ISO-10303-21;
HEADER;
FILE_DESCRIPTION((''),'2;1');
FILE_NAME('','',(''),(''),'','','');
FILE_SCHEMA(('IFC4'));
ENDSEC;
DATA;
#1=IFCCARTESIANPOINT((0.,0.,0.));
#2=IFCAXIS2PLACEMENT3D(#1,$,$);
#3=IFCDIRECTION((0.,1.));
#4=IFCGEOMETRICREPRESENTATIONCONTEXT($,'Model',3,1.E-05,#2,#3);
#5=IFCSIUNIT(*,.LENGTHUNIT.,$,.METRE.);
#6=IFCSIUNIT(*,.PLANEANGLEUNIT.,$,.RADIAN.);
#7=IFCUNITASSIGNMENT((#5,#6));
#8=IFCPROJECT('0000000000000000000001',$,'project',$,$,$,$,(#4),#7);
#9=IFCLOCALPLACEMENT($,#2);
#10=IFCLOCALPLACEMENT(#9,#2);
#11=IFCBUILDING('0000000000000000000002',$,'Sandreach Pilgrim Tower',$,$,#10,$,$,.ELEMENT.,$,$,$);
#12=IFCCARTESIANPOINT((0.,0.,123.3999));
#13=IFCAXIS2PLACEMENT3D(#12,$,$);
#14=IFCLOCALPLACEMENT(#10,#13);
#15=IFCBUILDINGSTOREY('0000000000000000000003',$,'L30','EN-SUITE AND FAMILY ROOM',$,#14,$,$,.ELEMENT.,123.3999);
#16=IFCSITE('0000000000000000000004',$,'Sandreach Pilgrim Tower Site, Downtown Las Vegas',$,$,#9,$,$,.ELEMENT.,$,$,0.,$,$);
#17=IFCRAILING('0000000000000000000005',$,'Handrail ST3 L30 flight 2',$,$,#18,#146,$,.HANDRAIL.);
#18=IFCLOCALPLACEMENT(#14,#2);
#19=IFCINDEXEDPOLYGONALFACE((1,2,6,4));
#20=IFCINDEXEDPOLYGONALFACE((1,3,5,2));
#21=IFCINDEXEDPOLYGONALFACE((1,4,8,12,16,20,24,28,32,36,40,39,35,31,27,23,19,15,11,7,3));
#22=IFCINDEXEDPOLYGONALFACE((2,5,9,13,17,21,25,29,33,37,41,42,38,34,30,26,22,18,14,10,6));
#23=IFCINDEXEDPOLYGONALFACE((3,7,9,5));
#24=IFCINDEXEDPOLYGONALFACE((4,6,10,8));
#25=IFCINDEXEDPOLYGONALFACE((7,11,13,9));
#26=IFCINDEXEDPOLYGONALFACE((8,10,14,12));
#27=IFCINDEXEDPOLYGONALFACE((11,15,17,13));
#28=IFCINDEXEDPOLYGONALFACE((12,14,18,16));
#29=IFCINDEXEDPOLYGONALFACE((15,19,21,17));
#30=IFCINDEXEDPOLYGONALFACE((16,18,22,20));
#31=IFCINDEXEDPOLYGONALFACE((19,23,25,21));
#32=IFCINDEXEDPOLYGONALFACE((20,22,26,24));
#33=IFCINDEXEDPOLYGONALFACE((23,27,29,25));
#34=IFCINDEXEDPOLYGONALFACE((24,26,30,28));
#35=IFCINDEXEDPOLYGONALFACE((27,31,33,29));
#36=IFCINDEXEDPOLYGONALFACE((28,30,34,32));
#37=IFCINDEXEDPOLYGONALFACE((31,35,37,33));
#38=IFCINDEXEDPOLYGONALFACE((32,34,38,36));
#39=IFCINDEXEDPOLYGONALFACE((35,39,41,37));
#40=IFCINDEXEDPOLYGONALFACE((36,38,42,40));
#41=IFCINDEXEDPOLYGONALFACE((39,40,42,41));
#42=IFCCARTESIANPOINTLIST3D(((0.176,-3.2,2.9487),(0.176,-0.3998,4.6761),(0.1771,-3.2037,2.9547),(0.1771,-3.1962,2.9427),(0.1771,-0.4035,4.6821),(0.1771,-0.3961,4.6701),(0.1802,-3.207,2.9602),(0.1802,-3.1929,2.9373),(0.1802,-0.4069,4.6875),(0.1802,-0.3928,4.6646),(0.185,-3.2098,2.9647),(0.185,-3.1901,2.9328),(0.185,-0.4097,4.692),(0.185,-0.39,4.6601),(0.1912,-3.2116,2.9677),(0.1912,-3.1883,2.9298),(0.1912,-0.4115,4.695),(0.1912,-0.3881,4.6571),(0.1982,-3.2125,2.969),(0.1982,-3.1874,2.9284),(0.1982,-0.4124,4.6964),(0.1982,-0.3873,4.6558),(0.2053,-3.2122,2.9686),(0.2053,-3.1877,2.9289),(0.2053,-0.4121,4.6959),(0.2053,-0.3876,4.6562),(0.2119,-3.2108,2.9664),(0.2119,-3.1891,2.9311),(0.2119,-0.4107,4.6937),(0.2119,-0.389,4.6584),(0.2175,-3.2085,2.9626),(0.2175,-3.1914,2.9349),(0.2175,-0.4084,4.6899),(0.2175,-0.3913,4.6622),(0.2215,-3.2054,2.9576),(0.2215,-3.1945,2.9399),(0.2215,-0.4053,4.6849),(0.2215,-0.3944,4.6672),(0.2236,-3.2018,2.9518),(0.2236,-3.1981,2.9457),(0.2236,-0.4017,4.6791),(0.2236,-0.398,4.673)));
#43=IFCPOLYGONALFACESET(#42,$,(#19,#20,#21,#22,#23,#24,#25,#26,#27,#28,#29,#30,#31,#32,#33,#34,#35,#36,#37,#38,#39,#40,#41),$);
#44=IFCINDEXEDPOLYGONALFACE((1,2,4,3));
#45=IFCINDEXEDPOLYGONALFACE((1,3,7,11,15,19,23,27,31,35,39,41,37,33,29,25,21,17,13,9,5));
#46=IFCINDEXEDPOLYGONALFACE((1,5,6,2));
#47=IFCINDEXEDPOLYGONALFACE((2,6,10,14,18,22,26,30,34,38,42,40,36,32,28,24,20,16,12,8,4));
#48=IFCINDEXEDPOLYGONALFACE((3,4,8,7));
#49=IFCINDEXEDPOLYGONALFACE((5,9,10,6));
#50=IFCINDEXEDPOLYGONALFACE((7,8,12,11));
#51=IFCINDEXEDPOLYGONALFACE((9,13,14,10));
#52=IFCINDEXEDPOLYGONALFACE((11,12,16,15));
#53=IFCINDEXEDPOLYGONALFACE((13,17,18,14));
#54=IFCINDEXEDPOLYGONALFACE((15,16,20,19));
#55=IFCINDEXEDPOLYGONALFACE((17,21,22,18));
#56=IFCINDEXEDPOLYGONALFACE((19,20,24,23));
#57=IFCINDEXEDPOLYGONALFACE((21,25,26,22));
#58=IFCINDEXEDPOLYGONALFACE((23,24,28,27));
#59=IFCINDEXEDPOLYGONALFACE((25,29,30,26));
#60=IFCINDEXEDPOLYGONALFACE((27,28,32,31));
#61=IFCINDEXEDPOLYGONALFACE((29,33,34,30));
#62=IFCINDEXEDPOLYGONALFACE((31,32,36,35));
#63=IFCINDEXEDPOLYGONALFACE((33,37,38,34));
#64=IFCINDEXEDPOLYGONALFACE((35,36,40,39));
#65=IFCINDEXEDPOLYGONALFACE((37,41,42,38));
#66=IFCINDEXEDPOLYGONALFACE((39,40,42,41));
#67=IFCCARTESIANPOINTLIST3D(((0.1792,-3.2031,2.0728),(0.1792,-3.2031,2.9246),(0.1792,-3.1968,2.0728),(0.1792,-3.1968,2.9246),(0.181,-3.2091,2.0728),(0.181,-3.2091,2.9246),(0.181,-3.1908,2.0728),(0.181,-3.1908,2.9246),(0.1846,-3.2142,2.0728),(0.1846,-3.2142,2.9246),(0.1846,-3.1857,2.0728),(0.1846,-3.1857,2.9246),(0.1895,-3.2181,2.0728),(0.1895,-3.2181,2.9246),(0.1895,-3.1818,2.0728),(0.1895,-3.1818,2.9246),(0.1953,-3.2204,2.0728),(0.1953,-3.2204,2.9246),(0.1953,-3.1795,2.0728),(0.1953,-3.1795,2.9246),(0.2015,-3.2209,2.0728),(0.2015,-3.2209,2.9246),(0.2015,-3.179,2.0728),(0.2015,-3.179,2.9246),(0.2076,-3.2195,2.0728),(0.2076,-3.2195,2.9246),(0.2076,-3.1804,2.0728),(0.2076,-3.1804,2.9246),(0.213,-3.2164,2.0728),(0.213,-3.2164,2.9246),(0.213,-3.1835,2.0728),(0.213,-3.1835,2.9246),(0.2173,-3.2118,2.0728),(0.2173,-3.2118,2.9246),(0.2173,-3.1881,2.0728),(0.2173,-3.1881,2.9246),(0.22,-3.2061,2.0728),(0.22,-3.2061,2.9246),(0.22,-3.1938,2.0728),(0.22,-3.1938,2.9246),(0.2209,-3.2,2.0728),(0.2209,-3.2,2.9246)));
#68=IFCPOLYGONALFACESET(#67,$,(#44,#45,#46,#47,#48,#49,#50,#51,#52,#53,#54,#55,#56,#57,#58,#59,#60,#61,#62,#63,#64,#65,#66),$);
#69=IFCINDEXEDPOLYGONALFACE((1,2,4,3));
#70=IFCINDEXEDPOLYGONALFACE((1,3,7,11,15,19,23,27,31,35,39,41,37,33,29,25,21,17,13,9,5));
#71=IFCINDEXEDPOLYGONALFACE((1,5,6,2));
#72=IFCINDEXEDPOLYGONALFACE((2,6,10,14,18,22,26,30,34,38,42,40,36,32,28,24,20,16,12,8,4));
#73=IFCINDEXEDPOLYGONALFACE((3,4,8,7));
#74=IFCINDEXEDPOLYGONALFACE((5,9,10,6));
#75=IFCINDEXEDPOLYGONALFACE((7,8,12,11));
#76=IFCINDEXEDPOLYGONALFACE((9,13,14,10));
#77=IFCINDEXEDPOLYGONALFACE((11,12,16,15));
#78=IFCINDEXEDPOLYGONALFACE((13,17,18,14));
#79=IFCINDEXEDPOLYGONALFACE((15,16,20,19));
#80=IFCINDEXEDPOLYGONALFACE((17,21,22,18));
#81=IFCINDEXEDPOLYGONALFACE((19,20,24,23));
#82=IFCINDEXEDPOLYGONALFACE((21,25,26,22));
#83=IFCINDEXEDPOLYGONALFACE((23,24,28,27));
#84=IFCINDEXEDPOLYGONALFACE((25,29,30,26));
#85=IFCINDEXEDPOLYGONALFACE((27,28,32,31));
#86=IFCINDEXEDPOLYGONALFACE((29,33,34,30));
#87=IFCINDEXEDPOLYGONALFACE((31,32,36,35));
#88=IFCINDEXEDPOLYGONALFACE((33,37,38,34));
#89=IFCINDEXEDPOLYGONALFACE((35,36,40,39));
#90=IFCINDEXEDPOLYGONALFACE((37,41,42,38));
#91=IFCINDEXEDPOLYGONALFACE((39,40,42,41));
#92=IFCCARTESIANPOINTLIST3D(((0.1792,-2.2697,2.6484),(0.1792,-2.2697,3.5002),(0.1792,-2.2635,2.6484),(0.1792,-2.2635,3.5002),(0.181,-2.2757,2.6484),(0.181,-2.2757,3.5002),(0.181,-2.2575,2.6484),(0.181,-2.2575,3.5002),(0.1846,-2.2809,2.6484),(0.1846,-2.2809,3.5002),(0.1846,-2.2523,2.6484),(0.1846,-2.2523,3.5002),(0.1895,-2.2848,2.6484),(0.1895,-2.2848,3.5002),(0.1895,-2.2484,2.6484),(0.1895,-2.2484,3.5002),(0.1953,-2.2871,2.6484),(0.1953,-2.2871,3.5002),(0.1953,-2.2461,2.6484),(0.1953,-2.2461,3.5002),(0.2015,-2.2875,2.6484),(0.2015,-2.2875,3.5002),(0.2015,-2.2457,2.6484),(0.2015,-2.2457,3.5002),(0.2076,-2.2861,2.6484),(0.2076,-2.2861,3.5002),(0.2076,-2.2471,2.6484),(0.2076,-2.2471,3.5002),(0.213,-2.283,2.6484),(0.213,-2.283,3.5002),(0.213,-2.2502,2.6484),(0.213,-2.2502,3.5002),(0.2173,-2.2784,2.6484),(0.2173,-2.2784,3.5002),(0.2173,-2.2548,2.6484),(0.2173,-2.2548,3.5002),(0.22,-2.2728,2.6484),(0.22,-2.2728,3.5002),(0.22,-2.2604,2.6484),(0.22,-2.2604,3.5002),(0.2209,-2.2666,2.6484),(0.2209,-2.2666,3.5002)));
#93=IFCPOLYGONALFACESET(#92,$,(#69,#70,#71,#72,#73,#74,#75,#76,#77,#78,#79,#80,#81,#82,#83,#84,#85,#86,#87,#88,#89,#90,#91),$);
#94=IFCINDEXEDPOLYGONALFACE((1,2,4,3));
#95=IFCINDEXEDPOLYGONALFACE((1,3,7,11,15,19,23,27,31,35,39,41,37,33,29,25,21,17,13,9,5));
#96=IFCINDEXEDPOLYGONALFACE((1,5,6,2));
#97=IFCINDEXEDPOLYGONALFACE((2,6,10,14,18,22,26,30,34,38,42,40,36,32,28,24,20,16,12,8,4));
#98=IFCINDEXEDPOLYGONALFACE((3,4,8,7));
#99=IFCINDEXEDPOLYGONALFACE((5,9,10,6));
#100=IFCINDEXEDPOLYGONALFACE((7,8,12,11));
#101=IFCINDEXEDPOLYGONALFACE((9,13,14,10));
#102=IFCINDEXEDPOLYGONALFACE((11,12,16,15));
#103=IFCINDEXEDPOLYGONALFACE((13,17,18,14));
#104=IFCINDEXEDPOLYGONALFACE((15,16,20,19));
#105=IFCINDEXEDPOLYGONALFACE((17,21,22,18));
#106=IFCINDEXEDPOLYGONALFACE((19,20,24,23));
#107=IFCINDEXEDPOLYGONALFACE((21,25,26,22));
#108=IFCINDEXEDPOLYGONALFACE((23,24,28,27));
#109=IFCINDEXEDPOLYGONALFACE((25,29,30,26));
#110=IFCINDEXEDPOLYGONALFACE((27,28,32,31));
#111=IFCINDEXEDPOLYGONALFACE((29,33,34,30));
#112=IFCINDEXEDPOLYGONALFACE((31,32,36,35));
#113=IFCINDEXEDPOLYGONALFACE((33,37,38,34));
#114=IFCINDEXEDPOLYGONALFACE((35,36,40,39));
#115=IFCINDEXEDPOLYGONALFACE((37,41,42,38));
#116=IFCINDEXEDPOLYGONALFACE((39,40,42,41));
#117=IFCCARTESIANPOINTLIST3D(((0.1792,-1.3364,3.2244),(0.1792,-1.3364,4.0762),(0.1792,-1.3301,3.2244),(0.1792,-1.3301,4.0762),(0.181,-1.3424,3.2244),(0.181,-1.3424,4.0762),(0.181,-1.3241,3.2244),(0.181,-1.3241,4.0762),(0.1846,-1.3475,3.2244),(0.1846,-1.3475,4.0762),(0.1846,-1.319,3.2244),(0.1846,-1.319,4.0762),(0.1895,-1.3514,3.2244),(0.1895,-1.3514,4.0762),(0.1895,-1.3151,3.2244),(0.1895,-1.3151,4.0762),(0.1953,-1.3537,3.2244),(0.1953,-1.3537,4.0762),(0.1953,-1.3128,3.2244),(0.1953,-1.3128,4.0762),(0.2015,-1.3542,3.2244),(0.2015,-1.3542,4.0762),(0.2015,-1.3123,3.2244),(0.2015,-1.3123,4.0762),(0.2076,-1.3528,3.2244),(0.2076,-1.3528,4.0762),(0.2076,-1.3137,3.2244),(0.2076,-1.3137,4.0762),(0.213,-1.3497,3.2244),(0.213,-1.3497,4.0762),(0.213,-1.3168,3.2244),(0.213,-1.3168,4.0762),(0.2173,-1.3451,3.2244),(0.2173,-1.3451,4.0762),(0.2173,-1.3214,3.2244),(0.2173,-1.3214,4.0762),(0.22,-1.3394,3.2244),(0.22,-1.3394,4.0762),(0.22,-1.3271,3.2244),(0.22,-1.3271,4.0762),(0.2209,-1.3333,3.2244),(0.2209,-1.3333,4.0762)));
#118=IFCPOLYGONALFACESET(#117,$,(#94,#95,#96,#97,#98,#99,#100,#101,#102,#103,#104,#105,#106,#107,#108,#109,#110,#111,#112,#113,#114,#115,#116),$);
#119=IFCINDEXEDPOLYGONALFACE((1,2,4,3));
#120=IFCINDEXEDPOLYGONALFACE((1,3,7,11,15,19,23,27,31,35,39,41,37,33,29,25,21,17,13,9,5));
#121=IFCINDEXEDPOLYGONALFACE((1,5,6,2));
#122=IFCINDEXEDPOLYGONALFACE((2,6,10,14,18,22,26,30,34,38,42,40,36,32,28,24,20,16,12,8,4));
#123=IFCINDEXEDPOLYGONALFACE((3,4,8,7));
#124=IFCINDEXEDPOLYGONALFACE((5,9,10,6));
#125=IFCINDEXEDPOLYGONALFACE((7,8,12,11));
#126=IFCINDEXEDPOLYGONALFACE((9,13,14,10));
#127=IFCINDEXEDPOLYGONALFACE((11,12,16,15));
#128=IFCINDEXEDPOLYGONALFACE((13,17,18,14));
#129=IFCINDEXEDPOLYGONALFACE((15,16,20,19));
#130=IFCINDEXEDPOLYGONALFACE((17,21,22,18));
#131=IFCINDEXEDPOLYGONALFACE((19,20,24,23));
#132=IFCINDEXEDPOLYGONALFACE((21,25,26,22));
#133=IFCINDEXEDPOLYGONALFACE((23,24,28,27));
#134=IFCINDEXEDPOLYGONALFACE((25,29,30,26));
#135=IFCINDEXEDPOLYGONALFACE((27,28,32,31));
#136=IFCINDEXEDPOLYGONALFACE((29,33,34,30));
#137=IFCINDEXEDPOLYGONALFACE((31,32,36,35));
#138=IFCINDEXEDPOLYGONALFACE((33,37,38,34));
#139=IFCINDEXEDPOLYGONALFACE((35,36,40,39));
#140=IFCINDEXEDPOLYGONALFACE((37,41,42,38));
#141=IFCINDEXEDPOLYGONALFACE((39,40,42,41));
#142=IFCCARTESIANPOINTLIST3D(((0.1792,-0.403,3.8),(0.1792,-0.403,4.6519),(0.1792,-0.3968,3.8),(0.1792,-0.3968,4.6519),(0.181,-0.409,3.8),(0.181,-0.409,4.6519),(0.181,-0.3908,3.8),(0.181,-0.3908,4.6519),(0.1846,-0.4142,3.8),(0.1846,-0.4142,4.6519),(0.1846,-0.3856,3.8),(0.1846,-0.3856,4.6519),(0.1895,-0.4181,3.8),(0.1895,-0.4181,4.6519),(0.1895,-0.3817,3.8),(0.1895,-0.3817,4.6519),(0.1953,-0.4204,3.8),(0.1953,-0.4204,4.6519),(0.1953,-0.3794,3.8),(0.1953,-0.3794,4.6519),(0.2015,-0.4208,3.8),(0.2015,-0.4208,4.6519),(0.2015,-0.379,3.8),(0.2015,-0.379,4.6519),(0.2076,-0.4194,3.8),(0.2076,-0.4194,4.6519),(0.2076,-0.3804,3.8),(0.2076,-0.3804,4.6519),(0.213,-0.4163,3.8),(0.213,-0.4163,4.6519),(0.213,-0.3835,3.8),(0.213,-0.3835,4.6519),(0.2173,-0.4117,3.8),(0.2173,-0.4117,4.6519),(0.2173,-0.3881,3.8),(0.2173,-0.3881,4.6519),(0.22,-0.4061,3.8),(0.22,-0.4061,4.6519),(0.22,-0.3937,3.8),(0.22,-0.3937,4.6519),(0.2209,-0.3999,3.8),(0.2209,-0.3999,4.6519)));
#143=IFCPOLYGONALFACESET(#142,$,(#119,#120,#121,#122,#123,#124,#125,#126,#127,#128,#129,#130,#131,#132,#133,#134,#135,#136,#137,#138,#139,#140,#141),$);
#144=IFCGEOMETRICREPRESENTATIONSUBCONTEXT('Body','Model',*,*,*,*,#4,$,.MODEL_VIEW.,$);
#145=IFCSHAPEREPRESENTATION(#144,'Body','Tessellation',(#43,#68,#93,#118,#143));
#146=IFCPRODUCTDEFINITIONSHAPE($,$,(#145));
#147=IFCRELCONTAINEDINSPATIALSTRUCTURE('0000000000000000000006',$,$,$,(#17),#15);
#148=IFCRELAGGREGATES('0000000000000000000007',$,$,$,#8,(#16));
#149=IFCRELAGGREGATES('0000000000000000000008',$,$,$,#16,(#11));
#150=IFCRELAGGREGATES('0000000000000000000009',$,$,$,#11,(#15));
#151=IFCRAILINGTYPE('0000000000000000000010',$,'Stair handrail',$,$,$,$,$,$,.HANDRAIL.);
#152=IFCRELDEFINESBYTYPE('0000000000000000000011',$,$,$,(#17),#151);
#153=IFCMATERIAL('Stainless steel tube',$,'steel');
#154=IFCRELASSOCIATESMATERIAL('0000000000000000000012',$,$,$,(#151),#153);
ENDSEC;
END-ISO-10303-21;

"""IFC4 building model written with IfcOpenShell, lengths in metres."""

from ifc_helpers import new_model, si_unit, direction, frame, origin, origin_2d, place, context, subcontext, project, spatial, circle, extrude, material, type_object, element, save


model = new_model("IFC4")

# Units and contexts
model_context = context("Model", 3, precision=1e-05, world=origin(), true_north=direction((0.0, 1.0)))
body_context = subcontext(model_context, "Body", "Model", "MODEL_VIEW")
ifc_project = project(units=[si_unit("LENGTHUNIT", "METRE"), si_unit("PLANEANGLEUNIT", "RADIAN")], contexts=[model_context])

# Site, building, storey
site_placement = place(None, origin())
site = spatial("IfcSite", under=ifc_project, at=site_placement, Name="Sandreach Pilgrim Tower Site, Downtown Las Vegas", CompositionType="ELEMENT", RefElevation=0.0)
building_placement = place(site_placement, origin())
building = spatial("IfcBuilding", under=site, at=building_placement, Name="Sandreach Pilgrim Tower", CompositionType="ELEMENT")
storey_placement = place(building_placement, frame((0.0, 0.0, 123.3999)))
storey = spatial("IfcBuildingStorey", under=building, at=storey_placement, Name="L30", Description="EN-SUITE AND FAMILY ROOM", CompositionType="ELEMENT", Elevation=123.3999)

# Railing
ifc_material_1 = material(Name="Stainless steel tube", Category="steel")
railing_type = type_object("IfcRailingType", Name="Stair handrail", PredefinedType="HANDRAIL", material=ifc_material_1)
for number, where, name in (
    (1, (0.2, -3.2, 2.0728), "Handrail ST3 L30 flight 2"),
):
    element("IfcRailing", number, at=place(storey_placement, frame(where)), inside=storey, type_object=railing_type, Name=name, PredefinedType="HANDRAIL", context=body_context, shape_type="SweptSolid", body=[
        extrude(circle(Radius=0.0239, at=origin_2d()), frame((0.0, 0.0, 0.876), z_axis=(0.0, 0.85109, 0.52502), x_axis=(-1.0, 0.0, 0.0)), (0.0, 0.0, 1.0), 3.29),
        extrude(circle(Radius=0.021, at=origin_2d()), origin(), (0.0, 0.0, 1.0), 0.8518),
        extrude(circle(Radius=0.021, at=origin_2d()), frame((0.0, 0.9333, 0.5757)), (0.0, 0.0, 1.0), 0.8518),
        extrude(circle(Radius=0.021, at=origin_2d()), frame((0.0, 1.8667, 1.1516)), (0.0, 0.0, 1.0), 0.8518),
        extrude(circle(Radius=0.021, at=origin_2d()), frame((0.0, 2.8, 1.7273)), (0.0, 0.0, 1.0), 0.8518),
    ])

save(model, "model.ifc")
